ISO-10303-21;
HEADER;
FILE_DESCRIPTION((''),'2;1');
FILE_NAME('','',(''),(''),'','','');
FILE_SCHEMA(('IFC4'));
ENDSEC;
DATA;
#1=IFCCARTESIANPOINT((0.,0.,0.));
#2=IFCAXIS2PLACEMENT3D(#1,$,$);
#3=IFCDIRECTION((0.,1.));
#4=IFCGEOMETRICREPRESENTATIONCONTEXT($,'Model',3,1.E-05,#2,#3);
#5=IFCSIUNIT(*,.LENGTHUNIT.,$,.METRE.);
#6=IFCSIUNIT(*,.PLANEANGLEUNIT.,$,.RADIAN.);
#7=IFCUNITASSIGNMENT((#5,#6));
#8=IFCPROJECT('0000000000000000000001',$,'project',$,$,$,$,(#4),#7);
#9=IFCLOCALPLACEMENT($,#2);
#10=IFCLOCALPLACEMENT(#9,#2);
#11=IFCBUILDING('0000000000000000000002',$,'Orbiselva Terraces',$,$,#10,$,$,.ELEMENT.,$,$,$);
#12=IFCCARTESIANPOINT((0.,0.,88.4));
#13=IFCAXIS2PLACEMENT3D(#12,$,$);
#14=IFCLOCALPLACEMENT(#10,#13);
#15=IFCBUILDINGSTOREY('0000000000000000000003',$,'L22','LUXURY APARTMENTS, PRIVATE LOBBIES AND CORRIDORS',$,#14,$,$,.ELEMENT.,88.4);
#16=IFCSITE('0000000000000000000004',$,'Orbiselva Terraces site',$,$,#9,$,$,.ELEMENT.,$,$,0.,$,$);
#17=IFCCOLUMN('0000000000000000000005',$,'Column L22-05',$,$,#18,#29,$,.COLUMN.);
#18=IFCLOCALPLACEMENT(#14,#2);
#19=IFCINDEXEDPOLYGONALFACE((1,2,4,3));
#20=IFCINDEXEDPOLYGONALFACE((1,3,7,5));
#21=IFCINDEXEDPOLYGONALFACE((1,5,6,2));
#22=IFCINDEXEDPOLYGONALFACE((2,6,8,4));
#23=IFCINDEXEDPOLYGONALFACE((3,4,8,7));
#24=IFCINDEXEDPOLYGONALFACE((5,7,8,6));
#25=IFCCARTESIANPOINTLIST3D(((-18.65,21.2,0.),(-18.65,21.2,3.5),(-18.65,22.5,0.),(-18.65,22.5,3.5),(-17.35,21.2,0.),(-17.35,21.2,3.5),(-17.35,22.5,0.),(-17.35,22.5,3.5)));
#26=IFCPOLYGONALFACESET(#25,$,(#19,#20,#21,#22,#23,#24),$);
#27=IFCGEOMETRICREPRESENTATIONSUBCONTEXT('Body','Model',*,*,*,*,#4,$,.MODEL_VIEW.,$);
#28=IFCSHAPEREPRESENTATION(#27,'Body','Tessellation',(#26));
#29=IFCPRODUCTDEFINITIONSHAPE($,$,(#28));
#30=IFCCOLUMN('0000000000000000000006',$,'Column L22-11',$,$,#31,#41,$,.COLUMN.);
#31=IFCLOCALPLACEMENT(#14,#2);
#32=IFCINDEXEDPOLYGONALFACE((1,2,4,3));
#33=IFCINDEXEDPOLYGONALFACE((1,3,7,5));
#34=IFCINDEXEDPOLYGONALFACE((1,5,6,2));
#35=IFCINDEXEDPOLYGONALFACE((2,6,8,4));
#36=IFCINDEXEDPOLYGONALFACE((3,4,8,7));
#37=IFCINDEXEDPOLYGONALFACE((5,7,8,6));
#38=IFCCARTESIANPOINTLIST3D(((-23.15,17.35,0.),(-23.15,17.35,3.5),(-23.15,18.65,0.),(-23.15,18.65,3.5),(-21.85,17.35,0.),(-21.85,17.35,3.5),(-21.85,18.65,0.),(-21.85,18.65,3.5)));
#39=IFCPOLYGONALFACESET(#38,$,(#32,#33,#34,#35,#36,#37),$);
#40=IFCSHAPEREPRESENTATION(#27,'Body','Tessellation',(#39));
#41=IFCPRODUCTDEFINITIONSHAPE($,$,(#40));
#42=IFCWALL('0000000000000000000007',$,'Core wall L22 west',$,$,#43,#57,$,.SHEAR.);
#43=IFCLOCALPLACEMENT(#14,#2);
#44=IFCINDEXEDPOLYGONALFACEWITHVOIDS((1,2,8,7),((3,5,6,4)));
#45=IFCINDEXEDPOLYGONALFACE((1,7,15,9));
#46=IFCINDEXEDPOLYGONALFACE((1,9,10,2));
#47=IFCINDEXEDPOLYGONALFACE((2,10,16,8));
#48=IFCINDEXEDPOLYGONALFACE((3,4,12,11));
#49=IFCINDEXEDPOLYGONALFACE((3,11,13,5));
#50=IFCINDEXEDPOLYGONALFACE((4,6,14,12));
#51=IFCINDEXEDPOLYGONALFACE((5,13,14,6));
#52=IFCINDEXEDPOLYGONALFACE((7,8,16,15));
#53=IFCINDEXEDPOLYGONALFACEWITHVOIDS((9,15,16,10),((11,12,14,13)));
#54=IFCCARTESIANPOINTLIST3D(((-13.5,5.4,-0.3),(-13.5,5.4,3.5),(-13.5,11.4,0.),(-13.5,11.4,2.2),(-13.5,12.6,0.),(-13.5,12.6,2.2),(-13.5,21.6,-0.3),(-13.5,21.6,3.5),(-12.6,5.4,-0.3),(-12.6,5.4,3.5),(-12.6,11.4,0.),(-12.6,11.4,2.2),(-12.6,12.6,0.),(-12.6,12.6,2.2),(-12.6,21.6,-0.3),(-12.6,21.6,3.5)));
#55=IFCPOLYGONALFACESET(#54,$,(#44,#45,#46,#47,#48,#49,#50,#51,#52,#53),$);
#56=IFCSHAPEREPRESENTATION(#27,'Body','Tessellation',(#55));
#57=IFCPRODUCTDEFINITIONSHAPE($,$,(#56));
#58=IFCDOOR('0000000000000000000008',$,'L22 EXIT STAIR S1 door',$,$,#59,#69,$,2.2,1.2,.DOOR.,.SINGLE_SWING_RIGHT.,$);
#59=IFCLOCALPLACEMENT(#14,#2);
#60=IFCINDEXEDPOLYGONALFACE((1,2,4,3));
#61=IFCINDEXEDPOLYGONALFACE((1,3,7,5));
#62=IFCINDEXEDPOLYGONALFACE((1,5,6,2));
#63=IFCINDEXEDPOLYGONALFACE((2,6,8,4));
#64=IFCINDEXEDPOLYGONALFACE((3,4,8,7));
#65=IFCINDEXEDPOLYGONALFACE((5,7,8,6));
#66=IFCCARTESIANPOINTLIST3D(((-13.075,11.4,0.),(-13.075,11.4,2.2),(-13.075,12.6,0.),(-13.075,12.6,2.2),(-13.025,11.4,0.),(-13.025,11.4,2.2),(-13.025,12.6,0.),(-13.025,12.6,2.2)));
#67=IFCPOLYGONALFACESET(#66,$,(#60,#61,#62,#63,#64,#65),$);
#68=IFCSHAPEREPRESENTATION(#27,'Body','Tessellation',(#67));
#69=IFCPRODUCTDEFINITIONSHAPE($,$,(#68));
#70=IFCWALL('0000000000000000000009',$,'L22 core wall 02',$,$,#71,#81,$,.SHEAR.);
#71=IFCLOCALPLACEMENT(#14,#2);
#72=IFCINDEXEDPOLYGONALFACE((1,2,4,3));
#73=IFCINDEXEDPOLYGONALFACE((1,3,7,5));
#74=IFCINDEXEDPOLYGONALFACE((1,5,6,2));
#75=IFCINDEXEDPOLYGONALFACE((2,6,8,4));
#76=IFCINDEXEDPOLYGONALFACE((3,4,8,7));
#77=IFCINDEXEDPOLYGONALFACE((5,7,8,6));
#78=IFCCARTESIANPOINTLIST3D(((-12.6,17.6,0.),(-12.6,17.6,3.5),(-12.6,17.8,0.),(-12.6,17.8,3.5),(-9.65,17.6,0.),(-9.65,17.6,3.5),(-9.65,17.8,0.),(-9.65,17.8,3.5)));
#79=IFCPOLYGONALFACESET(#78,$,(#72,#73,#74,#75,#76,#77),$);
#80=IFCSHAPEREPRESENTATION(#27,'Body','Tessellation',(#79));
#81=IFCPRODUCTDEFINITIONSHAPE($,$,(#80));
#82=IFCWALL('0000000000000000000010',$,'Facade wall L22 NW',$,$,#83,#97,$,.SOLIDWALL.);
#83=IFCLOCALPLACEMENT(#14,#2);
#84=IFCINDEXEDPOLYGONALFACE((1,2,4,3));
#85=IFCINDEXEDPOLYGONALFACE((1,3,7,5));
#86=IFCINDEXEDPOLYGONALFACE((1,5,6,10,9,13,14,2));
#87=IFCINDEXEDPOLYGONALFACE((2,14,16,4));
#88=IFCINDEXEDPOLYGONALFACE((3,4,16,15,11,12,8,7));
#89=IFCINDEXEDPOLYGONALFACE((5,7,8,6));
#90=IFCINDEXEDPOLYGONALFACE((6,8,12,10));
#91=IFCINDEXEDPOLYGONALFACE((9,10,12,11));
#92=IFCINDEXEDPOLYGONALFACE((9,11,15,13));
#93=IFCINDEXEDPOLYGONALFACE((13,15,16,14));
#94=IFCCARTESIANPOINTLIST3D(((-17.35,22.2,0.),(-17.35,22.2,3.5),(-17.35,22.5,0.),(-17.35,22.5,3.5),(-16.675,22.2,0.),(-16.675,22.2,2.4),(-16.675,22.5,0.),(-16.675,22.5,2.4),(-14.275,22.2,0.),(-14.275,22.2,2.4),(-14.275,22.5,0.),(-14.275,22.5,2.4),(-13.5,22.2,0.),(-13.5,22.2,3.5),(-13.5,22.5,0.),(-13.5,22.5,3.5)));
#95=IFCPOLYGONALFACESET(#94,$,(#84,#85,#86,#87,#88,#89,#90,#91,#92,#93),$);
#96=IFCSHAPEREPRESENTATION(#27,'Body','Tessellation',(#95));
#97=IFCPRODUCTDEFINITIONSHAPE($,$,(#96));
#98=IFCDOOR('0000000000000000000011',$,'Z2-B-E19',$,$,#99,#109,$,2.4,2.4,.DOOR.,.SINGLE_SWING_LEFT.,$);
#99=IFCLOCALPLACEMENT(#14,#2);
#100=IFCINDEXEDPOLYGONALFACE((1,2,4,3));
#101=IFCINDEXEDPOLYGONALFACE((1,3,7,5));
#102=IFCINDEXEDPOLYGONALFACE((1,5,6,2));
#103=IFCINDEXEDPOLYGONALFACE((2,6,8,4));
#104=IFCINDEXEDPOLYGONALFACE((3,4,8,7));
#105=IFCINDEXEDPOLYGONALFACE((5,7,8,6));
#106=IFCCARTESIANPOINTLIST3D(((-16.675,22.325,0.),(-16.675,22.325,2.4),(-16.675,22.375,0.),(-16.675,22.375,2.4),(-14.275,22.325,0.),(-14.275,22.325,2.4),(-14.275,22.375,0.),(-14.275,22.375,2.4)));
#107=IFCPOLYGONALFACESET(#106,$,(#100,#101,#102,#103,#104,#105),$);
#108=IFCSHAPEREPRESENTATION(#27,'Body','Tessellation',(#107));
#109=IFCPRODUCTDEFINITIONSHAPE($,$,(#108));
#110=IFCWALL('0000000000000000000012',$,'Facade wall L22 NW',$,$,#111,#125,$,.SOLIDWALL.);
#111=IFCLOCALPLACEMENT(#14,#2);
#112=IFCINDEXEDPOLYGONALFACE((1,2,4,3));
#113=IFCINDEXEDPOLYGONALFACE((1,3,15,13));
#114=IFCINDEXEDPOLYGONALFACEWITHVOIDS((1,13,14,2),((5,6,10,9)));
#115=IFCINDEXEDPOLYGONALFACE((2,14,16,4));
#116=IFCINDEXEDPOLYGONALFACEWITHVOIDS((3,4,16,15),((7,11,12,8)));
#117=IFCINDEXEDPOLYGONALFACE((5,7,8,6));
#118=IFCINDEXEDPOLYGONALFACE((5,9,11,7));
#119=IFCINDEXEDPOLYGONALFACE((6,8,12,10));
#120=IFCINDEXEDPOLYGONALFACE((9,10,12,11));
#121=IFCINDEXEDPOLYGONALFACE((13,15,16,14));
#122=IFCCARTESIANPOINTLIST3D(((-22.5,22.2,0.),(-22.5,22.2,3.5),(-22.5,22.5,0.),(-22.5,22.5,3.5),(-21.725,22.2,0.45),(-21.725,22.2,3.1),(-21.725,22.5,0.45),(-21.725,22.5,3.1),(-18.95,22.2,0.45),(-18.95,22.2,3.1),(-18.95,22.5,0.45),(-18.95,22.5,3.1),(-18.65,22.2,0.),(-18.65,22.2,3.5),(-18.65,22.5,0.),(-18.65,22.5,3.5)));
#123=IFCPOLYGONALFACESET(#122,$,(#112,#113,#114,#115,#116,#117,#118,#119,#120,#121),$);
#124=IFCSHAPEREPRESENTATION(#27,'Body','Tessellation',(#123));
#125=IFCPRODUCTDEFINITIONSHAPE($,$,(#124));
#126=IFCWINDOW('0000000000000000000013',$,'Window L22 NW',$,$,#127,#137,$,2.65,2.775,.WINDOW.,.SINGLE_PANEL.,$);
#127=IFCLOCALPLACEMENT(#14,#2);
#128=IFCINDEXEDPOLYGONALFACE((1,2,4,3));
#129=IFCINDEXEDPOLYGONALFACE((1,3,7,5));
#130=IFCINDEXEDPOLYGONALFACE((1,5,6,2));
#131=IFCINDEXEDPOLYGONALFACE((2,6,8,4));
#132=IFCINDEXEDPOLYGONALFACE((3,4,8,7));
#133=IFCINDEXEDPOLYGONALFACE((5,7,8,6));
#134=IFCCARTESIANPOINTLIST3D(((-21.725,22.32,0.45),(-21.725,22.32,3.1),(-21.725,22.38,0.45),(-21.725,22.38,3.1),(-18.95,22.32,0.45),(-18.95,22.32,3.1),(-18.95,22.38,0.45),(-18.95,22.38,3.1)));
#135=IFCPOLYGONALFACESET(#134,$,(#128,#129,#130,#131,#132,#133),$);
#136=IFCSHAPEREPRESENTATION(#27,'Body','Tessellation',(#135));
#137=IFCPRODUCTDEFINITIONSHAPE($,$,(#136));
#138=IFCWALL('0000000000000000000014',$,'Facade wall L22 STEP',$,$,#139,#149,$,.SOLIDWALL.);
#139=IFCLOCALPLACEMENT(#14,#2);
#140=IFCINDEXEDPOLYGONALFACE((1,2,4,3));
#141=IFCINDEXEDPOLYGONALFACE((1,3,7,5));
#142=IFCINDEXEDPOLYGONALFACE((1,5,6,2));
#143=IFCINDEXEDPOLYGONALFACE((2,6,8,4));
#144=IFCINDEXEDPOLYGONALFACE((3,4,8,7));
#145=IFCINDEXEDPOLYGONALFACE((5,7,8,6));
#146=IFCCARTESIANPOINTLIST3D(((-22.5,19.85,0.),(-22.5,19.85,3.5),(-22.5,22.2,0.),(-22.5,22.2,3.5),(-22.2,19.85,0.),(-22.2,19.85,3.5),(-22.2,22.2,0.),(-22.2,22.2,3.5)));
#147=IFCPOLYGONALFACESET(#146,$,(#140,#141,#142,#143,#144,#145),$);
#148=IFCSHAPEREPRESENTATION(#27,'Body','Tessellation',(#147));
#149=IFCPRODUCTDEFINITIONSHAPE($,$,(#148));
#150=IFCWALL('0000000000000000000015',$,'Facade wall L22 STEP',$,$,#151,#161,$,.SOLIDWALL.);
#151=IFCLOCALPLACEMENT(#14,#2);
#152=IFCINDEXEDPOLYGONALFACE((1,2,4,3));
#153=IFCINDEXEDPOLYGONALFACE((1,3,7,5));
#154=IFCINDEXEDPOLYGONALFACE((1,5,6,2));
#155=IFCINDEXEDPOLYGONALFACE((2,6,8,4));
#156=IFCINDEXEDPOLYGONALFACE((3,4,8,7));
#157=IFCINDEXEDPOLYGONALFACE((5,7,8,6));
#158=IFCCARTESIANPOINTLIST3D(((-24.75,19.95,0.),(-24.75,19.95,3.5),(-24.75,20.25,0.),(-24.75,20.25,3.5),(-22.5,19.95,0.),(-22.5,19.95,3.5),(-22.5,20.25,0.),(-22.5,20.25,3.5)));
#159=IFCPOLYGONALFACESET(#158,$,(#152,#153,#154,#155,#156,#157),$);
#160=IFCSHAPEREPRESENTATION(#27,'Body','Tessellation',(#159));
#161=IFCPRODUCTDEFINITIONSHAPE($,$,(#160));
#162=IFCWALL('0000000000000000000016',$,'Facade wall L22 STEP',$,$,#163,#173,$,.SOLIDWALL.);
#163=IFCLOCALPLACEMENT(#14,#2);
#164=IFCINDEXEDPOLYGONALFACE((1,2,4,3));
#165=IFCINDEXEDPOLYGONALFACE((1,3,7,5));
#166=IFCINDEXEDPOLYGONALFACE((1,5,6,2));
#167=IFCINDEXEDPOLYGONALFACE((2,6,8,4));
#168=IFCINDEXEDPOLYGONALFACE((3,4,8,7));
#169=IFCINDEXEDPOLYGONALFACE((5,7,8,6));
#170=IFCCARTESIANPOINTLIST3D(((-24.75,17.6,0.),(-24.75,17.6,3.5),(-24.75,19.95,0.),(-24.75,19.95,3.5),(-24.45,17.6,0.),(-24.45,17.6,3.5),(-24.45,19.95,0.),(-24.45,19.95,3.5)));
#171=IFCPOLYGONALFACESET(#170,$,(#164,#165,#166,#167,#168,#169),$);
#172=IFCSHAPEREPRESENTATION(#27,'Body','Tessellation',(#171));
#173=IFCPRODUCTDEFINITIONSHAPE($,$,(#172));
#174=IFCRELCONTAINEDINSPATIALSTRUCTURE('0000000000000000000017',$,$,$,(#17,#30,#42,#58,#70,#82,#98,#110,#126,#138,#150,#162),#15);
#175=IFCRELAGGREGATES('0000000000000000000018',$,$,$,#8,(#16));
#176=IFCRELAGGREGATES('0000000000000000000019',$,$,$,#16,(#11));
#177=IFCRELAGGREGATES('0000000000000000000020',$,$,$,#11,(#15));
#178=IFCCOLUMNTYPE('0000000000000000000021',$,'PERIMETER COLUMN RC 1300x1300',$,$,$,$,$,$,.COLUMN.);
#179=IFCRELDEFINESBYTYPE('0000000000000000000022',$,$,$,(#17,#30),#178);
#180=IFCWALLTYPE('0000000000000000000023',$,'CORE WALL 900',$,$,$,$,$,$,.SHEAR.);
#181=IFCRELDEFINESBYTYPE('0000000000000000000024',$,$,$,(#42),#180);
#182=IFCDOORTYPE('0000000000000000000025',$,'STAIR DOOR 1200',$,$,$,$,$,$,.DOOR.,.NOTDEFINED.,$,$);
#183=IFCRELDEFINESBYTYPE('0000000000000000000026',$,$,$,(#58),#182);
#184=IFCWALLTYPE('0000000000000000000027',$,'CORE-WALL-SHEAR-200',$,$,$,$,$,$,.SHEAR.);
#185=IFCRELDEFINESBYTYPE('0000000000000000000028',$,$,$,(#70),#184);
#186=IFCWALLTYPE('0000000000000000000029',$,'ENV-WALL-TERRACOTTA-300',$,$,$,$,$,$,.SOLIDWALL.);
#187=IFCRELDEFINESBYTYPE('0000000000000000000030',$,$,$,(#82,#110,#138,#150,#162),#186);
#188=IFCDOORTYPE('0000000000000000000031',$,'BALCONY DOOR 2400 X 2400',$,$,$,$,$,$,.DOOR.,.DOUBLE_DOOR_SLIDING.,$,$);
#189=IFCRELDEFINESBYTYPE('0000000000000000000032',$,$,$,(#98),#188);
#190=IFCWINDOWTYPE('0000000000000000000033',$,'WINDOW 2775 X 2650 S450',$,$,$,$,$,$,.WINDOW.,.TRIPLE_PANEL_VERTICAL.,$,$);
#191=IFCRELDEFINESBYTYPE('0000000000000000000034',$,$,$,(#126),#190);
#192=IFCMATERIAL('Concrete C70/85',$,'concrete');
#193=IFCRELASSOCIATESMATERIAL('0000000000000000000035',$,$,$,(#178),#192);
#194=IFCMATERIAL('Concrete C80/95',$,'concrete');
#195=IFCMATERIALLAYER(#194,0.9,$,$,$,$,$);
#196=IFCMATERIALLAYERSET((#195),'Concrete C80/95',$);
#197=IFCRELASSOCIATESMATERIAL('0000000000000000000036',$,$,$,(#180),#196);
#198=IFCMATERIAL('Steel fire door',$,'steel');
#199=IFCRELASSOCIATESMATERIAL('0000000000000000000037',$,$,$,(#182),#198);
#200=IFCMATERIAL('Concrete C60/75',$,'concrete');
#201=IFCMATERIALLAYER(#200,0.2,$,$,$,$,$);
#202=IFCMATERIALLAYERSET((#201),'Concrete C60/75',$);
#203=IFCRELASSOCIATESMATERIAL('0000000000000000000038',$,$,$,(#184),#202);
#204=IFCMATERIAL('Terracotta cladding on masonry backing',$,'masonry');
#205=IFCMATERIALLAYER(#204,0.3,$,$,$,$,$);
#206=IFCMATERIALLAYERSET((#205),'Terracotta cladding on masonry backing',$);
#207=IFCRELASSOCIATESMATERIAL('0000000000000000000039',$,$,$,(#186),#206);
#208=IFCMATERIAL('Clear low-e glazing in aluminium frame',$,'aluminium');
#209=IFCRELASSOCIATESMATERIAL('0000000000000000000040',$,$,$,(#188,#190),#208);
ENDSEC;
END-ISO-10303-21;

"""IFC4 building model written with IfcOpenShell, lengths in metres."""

from ifc_helpers import new_model, si_unit, direction, frame, frame_2d, origin, origin_2d, place, context, subcontext, project, spatial, rectangle, extrude, material, layer, layer_set, material_profile, profile_set, type_object, element, fill, save


model = new_model("IFC4")

# Units and contexts
model_context = context("Model", 3, precision=1e-05, world=origin(), true_north=direction((0.0, 1.0)))
body_context = subcontext(model_context, "Body", "Model", "MODEL_VIEW")
ifc_project = project(units=[si_unit("LENGTHUNIT", "METRE"), si_unit("PLANEANGLEUNIT", "RADIAN")], contexts=[model_context])

# Site, building, storey
site_placement = place(None, origin())
site = spatial("IfcSite", under=ifc_project, at=site_placement, Name="Orbiselva Terraces site", CompositionType="ELEMENT", RefElevation=0.0)
building_placement = place(site_placement, origin())
building = spatial("IfcBuilding", under=site, at=building_placement, Name="Orbiselva Terraces", CompositionType="ELEMENT")
storey_placement = place(building_placement, frame((0.0, 0.0, 88.4)))
storey = spatial("IfcBuildingStorey", under=building, at=storey_placement, Name="L22", Description="LUXURY APARTMENTS, PRIVATE LOBBIES AND CORRIDORS", CompositionType="ELEMENT", Elevation=88.4)

# Columns
ifc_material_1 = material(Name="Concrete C70/85", Category="concrete")
ifc_material_profile = material_profile(ifc_material_1, rectangle(XDim=1.3, YDim=1.3, at=origin_2d()), Name="RC 1300x1300")
ifc_profile_set = profile_set([ifc_material_profile], Name="Concrete C70/85")
column_type = type_object("IfcColumnType", Name="PERIMETER COLUMN RC 1300x1300", PredefinedType="COLUMN", material=ifc_profile_set)
for number, where, z_axis, x_axis, name in (
    (1, (-18.0, 21.85, 0.0), (0.0, 0.0, 1.0), (1.0, 0.0, 0.0), "Column L22-05"),
    (2, (-22.5, 18.0, 0.0), (0.0, 0.0, 1.0), (1.0, 0.0, 0.0), "Column L22-11"),
):
    element("IfcColumn", number, at=place(storey_placement, frame(where, z_axis=z_axis, x_axis=x_axis)), inside=storey, type_object=column_type, Name=name, PredefinedType="COLUMN", context=body_context, shape_type="SweptSolid", body=[
        extrude(rectangle(XDim=1.3, YDim=1.3, at=origin_2d()), origin(), (0.0, 0.0, 1.0), 3.5),
    ])

# Wall, opening, door
ifc_material_2 = material(Name="Concrete C80/95", Category="concrete")
ifc_layer_1 = layer(ifc_material_2, 0.9)
ifc_layer_set_1 = layer_set([ifc_layer_1], Name="Concrete C80/95")
wall_type_1 = type_object("IfcWallType", Name="CORE WALL 900", PredefinedType="SHEAR", material=ifc_layer_set_1)
wall_1_placement = place(storey_placement, frame((-13.05, 21.6, -0.3), z_axis=(0.0, 0.0, 1.0), x_axis=(0.0, -1.0, 0.0)))
wall_1 = element("IfcWall", 3, at=wall_1_placement, inside=storey, type_object=wall_type_1, Name="Core wall L22 west", PredefinedType="SHEAR", context=body_context, shape_type="SweptSolid", body=[
    extrude(rectangle(XDim=16.2, YDim=0.9, at=frame_2d((8.1, 0.0))), origin(), (0.0, 0.0, 1.0), 3.8),
])
opening_1_placement = place(wall_1_placement, frame((9.0, 0.0, 0.3)))
opening_1 = element("IfcOpeningElement", 4, at=opening_1_placement, cuts=wall_1, PredefinedType="OPENING", context=body_context, shape_type="SweptSolid", body=[
    extrude(rectangle(XDim=1.2, YDim=2.2, at=frame_2d((0.6, 1.1))), frame((0.0, 0.46, 0.0), z_axis=(0.0, -1.0, 0.0), x_axis=(1.0, 0.0, 0.0)), (0.0, 0.0, 1.0), 0.92),
])
ifc_material_3 = material(Name="Steel fire door", Category="steel")
door_type_1 = type_object("IfcDoorType", Name="STAIR DOOR 1200", OperationType="NOTDEFINED", PredefinedType="DOOR", material=ifc_material_3)
door_1_placement = place(opening_1_placement, frame((1.2, 0.0, 0.0), z_axis=(0.0, 0.0, 1.0), x_axis=(-1.0, 0.0, 0.0)))
door_1 = element("IfcDoor", 5, at=door_1_placement, inside=storey, type_object=door_type_1, Name="L22 EXIT STAIR S1 door", OperationType="SINGLE_SWING_RIGHT", OverallHeight=2.2, OverallWidth=1.2, PredefinedType="DOOR", context=body_context, shape_type="SweptSolid", body=[
    extrude(rectangle(XDim=1.2, YDim=2.2, at=frame_2d((0.6, 1.1))), frame((0.0, 0.025, 0.0), z_axis=(0.0, -1.0, 0.0), x_axis=(1.0, 0.0, 0.0)), (0.0, 0.0, 1.0), 0.05),
])
fill(opening_1, door_1)

# Wall
ifc_material_4 = material(Name="Concrete C60/75", Category="concrete")
ifc_layer_2 = layer(ifc_material_4, 0.2)
ifc_layer_set_2 = layer_set([ifc_layer_2], Name="Concrete C60/75")
wall_type_2 = type_object("IfcWallType", Name="CORE-WALL-SHEAR-200", PredefinedType="SHEAR", material=ifc_layer_set_2)
wall_2_placement = place(storey_placement, frame((-12.6, 17.7, 0.0), z_axis=(0.0, 0.0, 1.0), x_axis=(1.0, 0.0, 0.0)))
element("IfcWall", 6, at=wall_2_placement, inside=storey, type_object=wall_type_2, Name="L22 core wall 02", PredefinedType="SHEAR", context=body_context, shape_type="SweptSolid", body=[
    extrude(rectangle(XDim=2.95, YDim=0.2, at=frame_2d((1.475, 0.0))), origin(), (0.0, 0.0, 1.0), 3.5),
])

# Wall, opening, door
ifc_material_5 = material(Name="Terracotta cladding on masonry backing", Category="masonry")
ifc_layer_3 = layer(ifc_material_5, 0.3)
ifc_layer_set_3 = layer_set([ifc_layer_3], Name="Terracotta cladding on masonry backing")
wall_type_3 = type_object("IfcWallType", Name="ENV-WALL-TERRACOTTA-300", PredefinedType="SOLIDWALL", material=ifc_layer_set_3)
wall_3_placement = place(storey_placement, frame((-17.35, 22.35, 0.0), z_axis=(0.0, 0.0, 1.0), x_axis=(1.0, 0.0, 0.0)))
wall_3 = element("IfcWall", 7, at=wall_3_placement, inside=storey, type_object=wall_type_3, Name="Facade wall L22 NW", PredefinedType="SOLIDWALL", context=body_context, shape_type="SweptSolid", body=[
    extrude(rectangle(XDim=3.85, YDim=0.3, at=frame_2d((1.925, 0.0))), origin(), (0.0, 0.0, 1.0), 3.5),
])
opening_2_placement = place(wall_3_placement, frame((0.675, 0.0, 0.0)))
opening_2 = element("IfcOpeningElement", 8, at=opening_2_placement, cuts=wall_3, PredefinedType="OPENING", context=body_context, shape_type="SweptSolid", body=[
    extrude(rectangle(XDim=2.4, YDim=2.4, at=frame_2d((1.2, 1.2))), frame((0.0, 0.16, 0.0), z_axis=(0.0, -1.0, 0.0), x_axis=(1.0, 0.0, 0.0)), (0.0, 0.0, 1.0), 0.32),
])
ifc_material_6 = material(Name="Clear low-e glazing in aluminium frame", Category="aluminium")
door_type_2 = type_object("IfcDoorType", Name="BALCONY DOOR 2400 X 2400", OperationType="DOUBLE_DOOR_SLIDING", PredefinedType="DOOR", material=ifc_material_6)
door_2_placement = place(opening_2_placement, origin())
door_2 = element("IfcDoor", 9, at=door_2_placement, inside=storey, type_object=door_type_2, Name="Z2-B-E19", OperationType="SINGLE_SWING_LEFT", OverallHeight=2.4, OverallWidth=2.4, PredefinedType="DOOR", context=body_context, shape_type="SweptSolid", body=[
    extrude(rectangle(XDim=2.4, YDim=2.4, at=frame_2d((1.2, 1.2))), frame((0.0, 0.025, 0.0), z_axis=(0.0, -1.0, 0.0), x_axis=(1.0, 0.0, 0.0)), (0.0, 0.0, 1.0), 0.05),
])
fill(opening_2, door_2)

# Wall, opening, window
wall_4_placement = place(storey_placement, frame((-22.5, 22.35, 0.0), z_axis=(0.0, 0.0, 1.0), x_axis=(1.0, 0.0, 0.0)))
wall_4 = element("IfcWall", 10, at=wall_4_placement, inside=storey, type_object=wall_type_3, Name="Facade wall L22 NW", PredefinedType="SOLIDWALL", context=body_context, shape_type="SweptSolid", body=[
    extrude(rectangle(XDim=3.85, YDim=0.3, at=frame_2d((1.925, 0.0))), origin(), (0.0, 0.0, 1.0), 3.5),
])
opening_3_placement = place(wall_4_placement, frame((0.775, 0.0, 0.45)))
opening_3 = element("IfcOpeningElement", 11, at=opening_3_placement, cuts=wall_4, PredefinedType="OPENING", context=body_context, shape_type="SweptSolid", body=[
    extrude(rectangle(XDim=2.775, YDim=2.65, at=frame_2d((1.3875, 1.325))), frame((0.0, 0.16, 0.0), z_axis=(0.0, -1.0, 0.0), x_axis=(1.0, 0.0, 0.0)), (0.0, 0.0, 1.0), 0.32),
])
window_type = type_object("IfcWindowType", Name="WINDOW 2775 X 2650 S450", PartitioningType="TRIPLE_PANEL_VERTICAL", PredefinedType="WINDOW", material=ifc_material_6)
window_placement = place(opening_3_placement, origin())
window = element("IfcWindow", 12, at=window_placement, inside=storey, type_object=window_type, Name="Window L22 NW", OverallHeight=2.65, OverallWidth=2.775, PartitioningType="SINGLE_PANEL", PredefinedType="WINDOW", context=body_context, shape_type="SweptSolid", body=[
    extrude(rectangle(XDim=2.775, YDim=2.65, at=frame_2d((1.3875, 1.325))), frame((0.0, 0.03, 0.0), z_axis=(0.0, -1.0, 0.0), x_axis=(1.0, 0.0, 0.0)), (0.0, 0.0, 1.0), 0.06),
])
fill(opening_3, window)

# Walls
wall_5_placement = place(storey_placement, frame((-22.35, 19.85, 0.0), z_axis=(0.0, 0.0, 1.0), x_axis=(0.0, 1.0, 0.0)))
element("IfcWall", 13, at=wall_5_placement, inside=storey, type_object=wall_type_3, Name="Facade wall L22 STEP", PredefinedType="SOLIDWALL", context=body_context, shape_type="SweptSolid", body=[
    extrude(rectangle(XDim=2.35, YDim=0.3, at=frame_2d((1.175, 0.0))), origin(), (0.0, 0.0, 1.0), 3.5),
])
wall_6_placement = place(storey_placement, frame((-24.75, 20.1, 0.0), z_axis=(0.0, 0.0, 1.0), x_axis=(1.0, 0.0, 0.0)))
element("IfcWall", 14, at=wall_6_placement, inside=storey, type_object=wall_type_3, Name="Facade wall L22 STEP", PredefinedType="SOLIDWALL", context=body_context, shape_type="SweptSolid", body=[
    extrude(rectangle(XDim=2.25, YDim=0.3, at=frame_2d((1.125, 0.0))), origin(), (0.0, 0.0, 1.0), 3.5),
])
wall_7_placement = place(storey_placement, frame((-24.6, 17.6, 0.0), z_axis=(0.0, 0.0, 1.0), x_axis=(0.0, 1.0, 0.0)))
element("IfcWall", 15, at=wall_7_placement, inside=storey, type_object=wall_type_3, Name="Facade wall L22 STEP", PredefinedType="SOLIDWALL", context=body_context, shape_type="SweptSolid", body=[
    extrude(rectangle(XDim=2.35, YDim=0.3, at=frame_2d((1.175, 0.0))), origin(), (0.0, 0.0, 1.0), 3.5),
])

save(model, "model.ifc")
